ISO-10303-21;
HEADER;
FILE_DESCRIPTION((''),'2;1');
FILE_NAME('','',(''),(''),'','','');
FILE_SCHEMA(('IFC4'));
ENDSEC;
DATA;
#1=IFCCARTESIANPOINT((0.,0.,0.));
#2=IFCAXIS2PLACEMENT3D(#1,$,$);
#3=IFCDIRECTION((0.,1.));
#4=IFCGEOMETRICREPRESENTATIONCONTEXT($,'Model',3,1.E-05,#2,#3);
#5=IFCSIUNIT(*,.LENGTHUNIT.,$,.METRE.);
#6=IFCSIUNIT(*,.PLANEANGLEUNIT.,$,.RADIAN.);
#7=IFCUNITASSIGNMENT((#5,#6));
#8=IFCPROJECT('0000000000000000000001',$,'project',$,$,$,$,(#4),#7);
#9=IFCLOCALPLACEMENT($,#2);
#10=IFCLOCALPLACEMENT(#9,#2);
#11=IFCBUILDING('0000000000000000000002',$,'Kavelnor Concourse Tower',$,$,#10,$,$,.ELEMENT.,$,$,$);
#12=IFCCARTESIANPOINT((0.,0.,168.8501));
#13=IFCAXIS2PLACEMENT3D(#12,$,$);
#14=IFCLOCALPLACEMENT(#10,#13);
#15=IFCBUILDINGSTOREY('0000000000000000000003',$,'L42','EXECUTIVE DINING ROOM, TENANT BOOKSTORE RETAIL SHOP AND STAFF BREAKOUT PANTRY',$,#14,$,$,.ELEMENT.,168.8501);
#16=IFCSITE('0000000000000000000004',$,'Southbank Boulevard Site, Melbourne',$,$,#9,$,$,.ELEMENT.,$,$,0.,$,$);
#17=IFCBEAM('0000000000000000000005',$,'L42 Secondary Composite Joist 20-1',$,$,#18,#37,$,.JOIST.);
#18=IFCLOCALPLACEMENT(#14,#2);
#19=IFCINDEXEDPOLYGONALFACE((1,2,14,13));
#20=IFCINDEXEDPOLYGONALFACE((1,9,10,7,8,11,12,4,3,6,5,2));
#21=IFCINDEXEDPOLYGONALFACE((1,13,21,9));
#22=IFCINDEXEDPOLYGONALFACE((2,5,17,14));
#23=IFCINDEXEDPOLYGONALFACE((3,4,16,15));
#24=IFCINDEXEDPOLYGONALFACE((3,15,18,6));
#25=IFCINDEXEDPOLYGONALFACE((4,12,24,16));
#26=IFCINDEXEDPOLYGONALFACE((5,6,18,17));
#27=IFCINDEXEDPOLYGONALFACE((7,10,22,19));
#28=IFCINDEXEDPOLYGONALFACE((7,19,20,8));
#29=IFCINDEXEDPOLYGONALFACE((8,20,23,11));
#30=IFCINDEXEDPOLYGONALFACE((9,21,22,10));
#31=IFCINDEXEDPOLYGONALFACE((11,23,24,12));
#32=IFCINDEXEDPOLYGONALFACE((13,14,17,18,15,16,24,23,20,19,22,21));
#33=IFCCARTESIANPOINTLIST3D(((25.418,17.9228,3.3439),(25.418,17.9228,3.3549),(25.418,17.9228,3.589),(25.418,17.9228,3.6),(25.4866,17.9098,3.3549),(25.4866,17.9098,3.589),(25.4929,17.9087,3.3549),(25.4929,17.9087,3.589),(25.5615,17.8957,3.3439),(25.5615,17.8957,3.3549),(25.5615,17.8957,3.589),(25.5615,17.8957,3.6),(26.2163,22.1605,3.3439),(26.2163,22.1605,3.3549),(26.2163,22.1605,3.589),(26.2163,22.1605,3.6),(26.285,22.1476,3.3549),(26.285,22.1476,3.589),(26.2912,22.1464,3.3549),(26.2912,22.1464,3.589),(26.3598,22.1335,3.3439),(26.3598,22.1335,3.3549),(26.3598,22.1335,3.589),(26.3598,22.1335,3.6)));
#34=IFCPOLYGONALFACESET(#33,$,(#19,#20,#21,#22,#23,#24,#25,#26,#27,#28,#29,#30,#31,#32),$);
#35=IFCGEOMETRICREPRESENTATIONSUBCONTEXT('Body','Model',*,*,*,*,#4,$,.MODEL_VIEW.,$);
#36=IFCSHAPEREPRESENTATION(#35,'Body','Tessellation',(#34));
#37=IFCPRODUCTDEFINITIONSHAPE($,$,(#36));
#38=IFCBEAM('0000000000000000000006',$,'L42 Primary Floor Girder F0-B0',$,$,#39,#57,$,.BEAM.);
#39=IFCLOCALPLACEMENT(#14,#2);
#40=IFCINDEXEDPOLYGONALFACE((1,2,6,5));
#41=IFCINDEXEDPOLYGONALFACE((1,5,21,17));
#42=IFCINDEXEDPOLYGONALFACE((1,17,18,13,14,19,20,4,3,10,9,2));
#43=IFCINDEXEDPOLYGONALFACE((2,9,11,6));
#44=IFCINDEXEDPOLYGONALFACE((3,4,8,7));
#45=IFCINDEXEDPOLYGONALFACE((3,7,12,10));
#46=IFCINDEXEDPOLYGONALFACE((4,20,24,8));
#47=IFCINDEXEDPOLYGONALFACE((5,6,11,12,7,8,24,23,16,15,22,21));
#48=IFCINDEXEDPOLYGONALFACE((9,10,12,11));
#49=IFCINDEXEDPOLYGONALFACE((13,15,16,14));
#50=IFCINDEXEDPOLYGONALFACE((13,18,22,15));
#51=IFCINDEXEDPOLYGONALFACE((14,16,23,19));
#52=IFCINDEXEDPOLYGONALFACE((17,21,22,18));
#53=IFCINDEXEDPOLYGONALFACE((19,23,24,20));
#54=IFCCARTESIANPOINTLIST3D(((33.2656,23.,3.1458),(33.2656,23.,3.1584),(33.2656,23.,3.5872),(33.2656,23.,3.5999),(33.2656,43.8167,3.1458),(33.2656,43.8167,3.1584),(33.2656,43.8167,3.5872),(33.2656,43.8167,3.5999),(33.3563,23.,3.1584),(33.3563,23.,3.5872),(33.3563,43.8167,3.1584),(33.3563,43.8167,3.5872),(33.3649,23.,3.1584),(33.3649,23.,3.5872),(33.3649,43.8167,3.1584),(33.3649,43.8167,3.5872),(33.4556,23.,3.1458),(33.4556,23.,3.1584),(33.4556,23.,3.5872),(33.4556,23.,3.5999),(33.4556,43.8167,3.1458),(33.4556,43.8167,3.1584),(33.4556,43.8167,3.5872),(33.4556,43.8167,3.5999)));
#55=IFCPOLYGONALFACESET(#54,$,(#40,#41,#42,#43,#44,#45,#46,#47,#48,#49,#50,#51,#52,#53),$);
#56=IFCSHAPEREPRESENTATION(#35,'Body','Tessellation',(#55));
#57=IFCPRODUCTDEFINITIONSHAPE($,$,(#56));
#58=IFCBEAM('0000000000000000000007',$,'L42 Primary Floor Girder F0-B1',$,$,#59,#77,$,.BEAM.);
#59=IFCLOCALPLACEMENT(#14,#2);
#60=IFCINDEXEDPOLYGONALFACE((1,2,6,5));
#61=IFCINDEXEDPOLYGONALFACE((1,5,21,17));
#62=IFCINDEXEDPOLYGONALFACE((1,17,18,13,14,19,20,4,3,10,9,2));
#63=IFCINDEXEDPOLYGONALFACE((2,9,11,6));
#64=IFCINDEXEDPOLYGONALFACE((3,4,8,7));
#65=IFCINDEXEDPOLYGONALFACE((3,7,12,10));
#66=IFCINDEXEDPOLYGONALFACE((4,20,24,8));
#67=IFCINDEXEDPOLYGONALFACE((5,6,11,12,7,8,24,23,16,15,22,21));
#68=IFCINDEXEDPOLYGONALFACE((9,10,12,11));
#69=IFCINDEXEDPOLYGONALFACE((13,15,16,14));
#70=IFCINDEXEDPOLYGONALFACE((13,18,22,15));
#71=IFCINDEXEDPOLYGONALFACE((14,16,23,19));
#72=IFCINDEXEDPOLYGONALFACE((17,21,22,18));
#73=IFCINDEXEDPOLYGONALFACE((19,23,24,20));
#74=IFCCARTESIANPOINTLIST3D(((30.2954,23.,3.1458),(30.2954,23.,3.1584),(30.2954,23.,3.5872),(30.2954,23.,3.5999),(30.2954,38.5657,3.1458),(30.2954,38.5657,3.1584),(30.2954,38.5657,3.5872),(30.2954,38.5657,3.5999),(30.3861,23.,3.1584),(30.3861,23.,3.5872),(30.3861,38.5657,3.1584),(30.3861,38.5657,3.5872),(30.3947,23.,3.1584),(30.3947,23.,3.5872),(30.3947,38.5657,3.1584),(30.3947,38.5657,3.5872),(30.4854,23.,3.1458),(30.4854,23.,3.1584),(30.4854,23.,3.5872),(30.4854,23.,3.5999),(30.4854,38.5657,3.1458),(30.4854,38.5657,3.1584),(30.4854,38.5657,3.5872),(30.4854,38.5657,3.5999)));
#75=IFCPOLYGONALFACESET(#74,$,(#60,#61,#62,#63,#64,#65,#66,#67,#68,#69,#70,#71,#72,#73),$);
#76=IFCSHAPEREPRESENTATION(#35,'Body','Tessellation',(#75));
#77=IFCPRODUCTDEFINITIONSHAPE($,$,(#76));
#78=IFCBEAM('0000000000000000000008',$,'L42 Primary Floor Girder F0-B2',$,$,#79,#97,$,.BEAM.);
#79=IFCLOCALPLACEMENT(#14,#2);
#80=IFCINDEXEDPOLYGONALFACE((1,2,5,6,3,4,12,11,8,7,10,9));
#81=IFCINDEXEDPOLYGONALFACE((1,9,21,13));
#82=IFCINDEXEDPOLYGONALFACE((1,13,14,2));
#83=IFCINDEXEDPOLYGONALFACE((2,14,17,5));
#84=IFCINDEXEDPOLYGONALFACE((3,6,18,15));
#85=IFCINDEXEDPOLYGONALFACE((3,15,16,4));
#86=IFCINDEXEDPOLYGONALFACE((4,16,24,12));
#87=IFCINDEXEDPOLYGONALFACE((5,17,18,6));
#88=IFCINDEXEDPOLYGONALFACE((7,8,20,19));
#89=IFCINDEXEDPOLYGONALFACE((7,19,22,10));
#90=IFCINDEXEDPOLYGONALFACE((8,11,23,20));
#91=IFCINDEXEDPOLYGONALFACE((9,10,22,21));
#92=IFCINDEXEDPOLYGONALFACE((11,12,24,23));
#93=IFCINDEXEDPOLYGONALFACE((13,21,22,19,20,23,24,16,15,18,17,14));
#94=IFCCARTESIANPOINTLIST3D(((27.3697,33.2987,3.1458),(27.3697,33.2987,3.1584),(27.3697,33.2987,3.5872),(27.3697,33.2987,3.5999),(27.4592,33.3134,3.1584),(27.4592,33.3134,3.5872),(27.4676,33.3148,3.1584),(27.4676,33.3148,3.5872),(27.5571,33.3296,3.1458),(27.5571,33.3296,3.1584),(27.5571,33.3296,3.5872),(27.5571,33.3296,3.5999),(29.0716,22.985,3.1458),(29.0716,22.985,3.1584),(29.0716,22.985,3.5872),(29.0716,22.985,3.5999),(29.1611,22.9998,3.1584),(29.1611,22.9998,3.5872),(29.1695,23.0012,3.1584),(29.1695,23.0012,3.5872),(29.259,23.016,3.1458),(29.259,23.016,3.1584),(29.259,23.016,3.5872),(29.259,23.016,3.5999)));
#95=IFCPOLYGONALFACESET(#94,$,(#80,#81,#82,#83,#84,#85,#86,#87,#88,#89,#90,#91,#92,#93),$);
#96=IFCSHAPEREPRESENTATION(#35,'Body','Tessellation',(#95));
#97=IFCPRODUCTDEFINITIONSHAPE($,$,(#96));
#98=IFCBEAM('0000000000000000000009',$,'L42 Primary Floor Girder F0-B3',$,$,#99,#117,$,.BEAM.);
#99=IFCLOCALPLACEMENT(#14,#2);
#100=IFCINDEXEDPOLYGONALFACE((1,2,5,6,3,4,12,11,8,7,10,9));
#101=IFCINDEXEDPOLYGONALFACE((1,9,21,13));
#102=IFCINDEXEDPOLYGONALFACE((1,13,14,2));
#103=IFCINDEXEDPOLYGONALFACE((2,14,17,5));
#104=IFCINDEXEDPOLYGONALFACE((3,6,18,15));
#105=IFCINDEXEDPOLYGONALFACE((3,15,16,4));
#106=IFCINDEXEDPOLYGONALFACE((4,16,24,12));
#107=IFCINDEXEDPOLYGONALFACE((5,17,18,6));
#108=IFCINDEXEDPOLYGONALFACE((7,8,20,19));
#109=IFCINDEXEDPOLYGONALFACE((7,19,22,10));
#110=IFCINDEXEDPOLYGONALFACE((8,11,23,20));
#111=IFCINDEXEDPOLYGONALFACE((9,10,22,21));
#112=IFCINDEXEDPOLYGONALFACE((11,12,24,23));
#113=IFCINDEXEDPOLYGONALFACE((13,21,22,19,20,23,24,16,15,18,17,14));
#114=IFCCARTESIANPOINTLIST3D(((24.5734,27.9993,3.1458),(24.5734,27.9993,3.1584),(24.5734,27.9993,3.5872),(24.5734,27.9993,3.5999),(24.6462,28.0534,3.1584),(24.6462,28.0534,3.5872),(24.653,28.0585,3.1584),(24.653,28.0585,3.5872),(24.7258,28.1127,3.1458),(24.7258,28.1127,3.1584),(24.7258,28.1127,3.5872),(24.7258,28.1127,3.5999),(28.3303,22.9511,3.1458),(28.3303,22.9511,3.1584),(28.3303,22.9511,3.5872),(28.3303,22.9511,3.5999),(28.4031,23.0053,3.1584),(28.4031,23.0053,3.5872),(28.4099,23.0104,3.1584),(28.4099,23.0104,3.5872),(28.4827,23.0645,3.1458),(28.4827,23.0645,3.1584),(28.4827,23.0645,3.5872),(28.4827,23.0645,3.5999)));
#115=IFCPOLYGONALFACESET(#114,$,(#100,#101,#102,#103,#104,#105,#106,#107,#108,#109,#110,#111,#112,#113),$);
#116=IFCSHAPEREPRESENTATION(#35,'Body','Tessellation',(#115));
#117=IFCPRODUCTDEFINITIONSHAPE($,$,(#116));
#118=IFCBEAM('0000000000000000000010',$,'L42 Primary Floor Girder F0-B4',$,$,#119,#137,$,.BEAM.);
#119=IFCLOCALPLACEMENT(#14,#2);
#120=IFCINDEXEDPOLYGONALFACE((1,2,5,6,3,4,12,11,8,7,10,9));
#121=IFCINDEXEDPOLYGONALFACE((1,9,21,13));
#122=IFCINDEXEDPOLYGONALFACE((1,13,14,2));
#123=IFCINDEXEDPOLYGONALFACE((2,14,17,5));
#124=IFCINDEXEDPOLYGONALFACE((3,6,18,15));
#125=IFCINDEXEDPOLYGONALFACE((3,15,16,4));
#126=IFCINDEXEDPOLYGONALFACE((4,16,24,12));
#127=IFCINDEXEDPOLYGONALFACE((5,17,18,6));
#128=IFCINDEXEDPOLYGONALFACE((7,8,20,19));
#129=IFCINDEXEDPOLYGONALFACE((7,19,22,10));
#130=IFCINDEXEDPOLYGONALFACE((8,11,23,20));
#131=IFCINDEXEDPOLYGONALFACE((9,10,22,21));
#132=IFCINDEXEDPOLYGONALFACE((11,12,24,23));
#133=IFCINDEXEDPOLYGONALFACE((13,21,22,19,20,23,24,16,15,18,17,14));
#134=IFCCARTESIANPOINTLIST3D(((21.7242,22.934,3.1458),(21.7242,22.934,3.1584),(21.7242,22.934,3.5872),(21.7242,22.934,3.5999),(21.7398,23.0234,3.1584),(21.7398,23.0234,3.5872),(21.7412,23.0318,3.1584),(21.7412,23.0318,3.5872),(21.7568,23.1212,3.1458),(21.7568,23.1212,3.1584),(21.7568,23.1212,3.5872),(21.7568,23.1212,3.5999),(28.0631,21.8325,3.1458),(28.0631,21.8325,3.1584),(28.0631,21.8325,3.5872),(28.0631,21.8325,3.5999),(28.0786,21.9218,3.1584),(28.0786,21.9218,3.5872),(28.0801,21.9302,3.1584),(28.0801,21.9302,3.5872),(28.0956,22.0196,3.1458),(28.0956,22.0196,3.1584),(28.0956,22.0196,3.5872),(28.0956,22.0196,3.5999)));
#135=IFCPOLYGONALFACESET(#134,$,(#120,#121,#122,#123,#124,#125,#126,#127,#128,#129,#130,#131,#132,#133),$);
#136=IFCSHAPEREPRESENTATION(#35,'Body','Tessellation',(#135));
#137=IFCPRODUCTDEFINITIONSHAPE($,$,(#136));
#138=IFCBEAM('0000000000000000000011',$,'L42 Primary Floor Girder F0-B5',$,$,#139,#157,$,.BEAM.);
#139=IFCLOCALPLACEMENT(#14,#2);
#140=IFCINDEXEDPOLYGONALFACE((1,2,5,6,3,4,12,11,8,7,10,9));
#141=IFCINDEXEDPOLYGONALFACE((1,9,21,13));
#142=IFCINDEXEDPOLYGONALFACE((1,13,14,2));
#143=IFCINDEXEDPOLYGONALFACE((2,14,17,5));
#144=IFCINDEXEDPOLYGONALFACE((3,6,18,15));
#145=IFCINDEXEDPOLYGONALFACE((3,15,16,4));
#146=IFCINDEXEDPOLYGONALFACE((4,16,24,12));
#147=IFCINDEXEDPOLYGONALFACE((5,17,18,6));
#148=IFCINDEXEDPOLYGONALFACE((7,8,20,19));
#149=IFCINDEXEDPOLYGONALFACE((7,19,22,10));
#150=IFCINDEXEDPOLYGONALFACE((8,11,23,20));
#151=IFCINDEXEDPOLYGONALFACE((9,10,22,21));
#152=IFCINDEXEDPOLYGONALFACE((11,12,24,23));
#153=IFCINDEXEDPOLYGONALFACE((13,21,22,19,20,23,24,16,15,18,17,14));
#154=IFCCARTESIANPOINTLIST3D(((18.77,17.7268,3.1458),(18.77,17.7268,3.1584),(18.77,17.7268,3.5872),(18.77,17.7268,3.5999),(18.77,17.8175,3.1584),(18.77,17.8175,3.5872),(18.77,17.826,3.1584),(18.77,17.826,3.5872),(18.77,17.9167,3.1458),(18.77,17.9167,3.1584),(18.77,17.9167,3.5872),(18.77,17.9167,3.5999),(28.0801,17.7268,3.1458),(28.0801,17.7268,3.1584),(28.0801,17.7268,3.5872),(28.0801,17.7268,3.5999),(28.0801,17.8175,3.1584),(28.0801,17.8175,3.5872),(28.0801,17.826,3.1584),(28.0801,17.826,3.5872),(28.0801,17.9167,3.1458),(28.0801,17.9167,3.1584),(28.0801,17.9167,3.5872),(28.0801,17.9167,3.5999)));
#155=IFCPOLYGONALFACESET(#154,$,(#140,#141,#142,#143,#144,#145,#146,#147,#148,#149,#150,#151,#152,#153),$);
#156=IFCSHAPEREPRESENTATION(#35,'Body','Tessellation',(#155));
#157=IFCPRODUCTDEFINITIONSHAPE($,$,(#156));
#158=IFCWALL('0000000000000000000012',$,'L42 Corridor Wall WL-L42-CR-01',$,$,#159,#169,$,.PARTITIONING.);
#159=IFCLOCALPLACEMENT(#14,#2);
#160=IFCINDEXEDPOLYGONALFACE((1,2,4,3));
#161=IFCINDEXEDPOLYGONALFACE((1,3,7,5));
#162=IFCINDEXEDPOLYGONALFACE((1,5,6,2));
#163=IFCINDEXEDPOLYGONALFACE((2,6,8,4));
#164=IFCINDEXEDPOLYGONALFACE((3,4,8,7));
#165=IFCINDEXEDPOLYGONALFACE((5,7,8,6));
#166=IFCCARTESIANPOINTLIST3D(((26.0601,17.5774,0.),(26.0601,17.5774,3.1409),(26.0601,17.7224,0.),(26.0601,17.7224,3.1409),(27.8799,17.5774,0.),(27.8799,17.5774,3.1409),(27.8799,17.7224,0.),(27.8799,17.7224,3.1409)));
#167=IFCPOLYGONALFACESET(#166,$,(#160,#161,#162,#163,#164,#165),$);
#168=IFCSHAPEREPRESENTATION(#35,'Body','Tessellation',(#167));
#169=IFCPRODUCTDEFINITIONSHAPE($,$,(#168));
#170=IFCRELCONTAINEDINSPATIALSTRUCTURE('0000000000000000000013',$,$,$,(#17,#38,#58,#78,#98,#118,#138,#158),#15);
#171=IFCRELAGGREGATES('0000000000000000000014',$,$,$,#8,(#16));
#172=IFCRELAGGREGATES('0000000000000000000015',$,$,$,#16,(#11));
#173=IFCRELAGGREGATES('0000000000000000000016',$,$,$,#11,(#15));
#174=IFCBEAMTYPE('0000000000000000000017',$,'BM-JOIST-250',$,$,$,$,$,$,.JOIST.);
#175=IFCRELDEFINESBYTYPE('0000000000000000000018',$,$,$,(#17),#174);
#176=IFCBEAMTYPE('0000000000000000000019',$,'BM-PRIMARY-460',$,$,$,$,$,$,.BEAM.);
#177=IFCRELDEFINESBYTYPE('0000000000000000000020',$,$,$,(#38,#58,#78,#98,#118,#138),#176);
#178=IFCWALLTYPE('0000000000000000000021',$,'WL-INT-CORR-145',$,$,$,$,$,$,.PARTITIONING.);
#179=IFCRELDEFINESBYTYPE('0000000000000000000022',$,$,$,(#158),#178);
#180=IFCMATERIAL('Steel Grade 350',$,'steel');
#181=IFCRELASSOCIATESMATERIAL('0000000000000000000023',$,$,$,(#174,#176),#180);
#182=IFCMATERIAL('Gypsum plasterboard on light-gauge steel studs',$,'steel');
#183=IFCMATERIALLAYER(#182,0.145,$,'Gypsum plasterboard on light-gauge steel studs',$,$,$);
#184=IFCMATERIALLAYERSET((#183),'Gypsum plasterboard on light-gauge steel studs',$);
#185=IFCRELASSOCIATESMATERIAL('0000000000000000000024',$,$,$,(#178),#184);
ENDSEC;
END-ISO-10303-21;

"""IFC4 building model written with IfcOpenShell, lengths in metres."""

from ifc_helpers import new_model, si_unit, direction, frame, frame_2d, origin, origin_2d, place, context, subcontext, project, spatial, rectangle, i_section, extrude, material, layer, layer_set, material_profile, profile_set, type_object, element, save


model = new_model("IFC4")

# Units and contexts
model_context = context("Model", 3, precision=1e-05, world=origin(), true_north=direction((0.0, 1.0)))
body_context = subcontext(model_context, "Body", "Model", "MODEL_VIEW")
ifc_project = project(units=[si_unit("LENGTHUNIT", "METRE"), si_unit("PLANEANGLEUNIT", "RADIAN")], contexts=[model_context])

# Site, building, storey
site_placement = place(None, origin())
site = spatial("IfcSite", under=ifc_project, at=site_placement, Name="Southbank Boulevard Site, Melbourne", CompositionType="ELEMENT", RefElevation=0.0)
building_placement = place(site_placement, origin())
building = spatial("IfcBuilding", under=site, at=building_placement, Name="Kavelnor Concourse Tower", CompositionType="ELEMENT")
storey_placement = place(building_placement, frame((0.0, 0.0, 168.8501)))
storey = spatial("IfcBuildingStorey", under=building, at=storey_placement, Name="L42", Description="EXECUTIVE DINING ROOM, TENANT BOOKSTORE RETAIL SHOP AND STAFF BREAKOUT PANTRY", CompositionType="ELEMENT", Elevation=168.8501)

# Beams
ifc_material_1 = material(Name="Steel Grade 350", Category="steel")
ifc_material_profile_1 = material_profile(ifc_material_1, i_section(OverallWidth=0.146, OverallDepth=0.2561, WebThickness=0.0063, FlangeThickness=0.011, at=origin_2d()), Name="250UB37")
ifc_profile_set_1 = profile_set([ifc_material_profile_1], Name="Steel Grade 350")
beam_type_1 = type_object("IfcBeamType", Name="BM-JOIST-250", PredefinedType="JOIST", material=ifc_profile_set_1)
beam_1_placement = place(storey_placement, frame((26.2881, 22.147, 3.4719), z_axis=(-0.185129, -0.982714, 0.0), x_axis=(0.982714, -0.185129, 0.0)))
element("IfcBeam", 1, at=beam_1_placement, inside=storey, type_object=beam_type_1, Name="L42 Secondary Composite Joist 20-1", PredefinedType="JOIST", context=body_context, shape_type="SweptSolid", body=[
    extrude(i_section(OverallWidth=0.146, OverallDepth=0.2561, WebThickness=0.0063, FlangeThickness=0.011, at=origin_2d()), origin(), (0.0, 0.0, 1.0), 4.3123),
])
ifc_material_profile_2 = material_profile(ifc_material_1, i_section(OverallWidth=0.1899, OverallDepth=0.4541, WebThickness=0.0085, FlangeThickness=0.0127, at=origin_2d()), Name="460UB67")
ifc_profile_set_2 = profile_set([ifc_material_profile_2], Name="Steel Grade 350")
beam_type_2 = type_object("IfcBeamType", Name="BM-PRIMARY-460", PredefinedType="BEAM", material=ifc_profile_set_2)
beam_2_placement = place(storey_placement, frame((33.3606, 23.0, 3.3728), z_axis=(0.0, 1.0, 0.0), x_axis=(-1.0, 0.0, 0.0)))
element("IfcBeam", 2, at=beam_2_placement, inside=storey, type_object=beam_type_2, Name="L42 Primary Floor Girder F0-B0", PredefinedType="BEAM", context=body_context, shape_type="SweptSolid", body=[
    extrude(i_section(OverallWidth=0.1899, OverallDepth=0.4541, WebThickness=0.0085, FlangeThickness=0.0127, at=origin_2d()), origin(), (0.0, 0.0, 1.0), 20.8167),
])
beam_3_placement = place(storey_placement, frame((30.3904, 23.0, 3.3728), z_axis=(0.0, 1.0, 0.0), x_axis=(-1.0, 0.0, 0.0)))
element("IfcBeam", 3, at=beam_3_placement, inside=storey, type_object=beam_type_2, Name="L42 Primary Floor Girder F0-B1", PredefinedType="BEAM", context=body_context, shape_type="SweptSolid", body=[
    extrude(i_section(OverallWidth=0.1899, OverallDepth=0.4541, WebThickness=0.0085, FlangeThickness=0.0127, at=origin_2d()), origin(), (0.0, 0.0, 1.0), 15.5657),
])
beam_4_placement = place(storey_placement, frame((29.1653, 23.0005, 3.3728), z_axis=(-0.162812, 0.986657, 0.0), x_axis=(-0.986657, -0.162812, 0.0)))
element("IfcBeam", 4, at=beam_4_placement, inside=storey, type_object=beam_type_2, Name="L42 Primary Floor Girder F0-B2", PredefinedType="BEAM", context=body_context, shape_type="SweptSolid", body=[
    extrude(i_section(OverallWidth=0.1899, OverallDepth=0.4541, WebThickness=0.0085, FlangeThickness=0.0127, at=origin_2d()), origin(), (0.0, 0.0, 1.0), 10.4531),
])
beam_5_placement = place(storey_placement, frame((28.4065, 23.0078, 3.3728), z_axis=(-0.597022, 0.802225, 0.0), x_axis=(-0.802225, -0.597022, 0.0)))
element("IfcBeam", 5, at=beam_5_placement, inside=storey, type_object=beam_type_2, Name="L42 Primary Floor Girder F0-B3", PredefinedType="BEAM", context=body_context, shape_type="SweptSolid", body=[
    extrude(i_section(OverallWidth=0.1899, OverallDepth=0.4541, WebThickness=0.0085, FlangeThickness=0.0127, at=origin_2d()), origin(), (0.0, 0.0, 1.0), 6.2927),
])
beam_6_placement = place(storey_placement, frame((28.0793, 21.926, 3.3728), z_axis=(-0.985234, 0.171213, 0.0), x_axis=(-0.171213, -0.985234, 0.0)))
element("IfcBeam", 6, at=beam_6_placement, inside=storey, type_object=beam_type_2, Name="L42 Primary Floor Girder F0-B4", PredefinedType="BEAM", context=body_context, shape_type="SweptSolid", body=[
    extrude(i_section(OverallWidth=0.1899, OverallDepth=0.4541, WebThickness=0.0085, FlangeThickness=0.0127, at=origin_2d()), origin(), (0.0, 0.0, 1.0), 6.4338),
])
beam_7_placement = place(storey_placement, frame((28.0801, 17.8218, 3.3728), z_axis=(-1.0, 0.0, 0.0), x_axis=(0.0, -1.0, 0.0)))
element("IfcBeam", 7, at=beam_7_placement, inside=storey, type_object=beam_type_2, Name="L42 Primary Floor Girder F0-B5", PredefinedType="BEAM", context=body_context, shape_type="SweptSolid", body=[
    extrude(i_section(OverallWidth=0.1899, OverallDepth=0.4541, WebThickness=0.0085, FlangeThickness=0.0127, at=origin_2d()), origin(), (0.0, 0.0, 1.0), 9.3101),
])

# Wall
ifc_material_2 = material(Name="Gypsum plasterboard on light-gauge steel studs", Category="steel")
ifc_layer_1 = layer(ifc_material_2, 0.145, Name="Gypsum plasterboard on light-gauge steel studs")
ifc_layer_set_1 = layer_set([ifc_layer_1], Name="Gypsum plasterboard on light-gauge steel studs")
wall_type_1 = type_object("IfcWallType", Name="WL-INT-CORR-145", PredefinedType="PARTITIONING", material=ifc_layer_set_1)
wall_1_placement = place(storey_placement, frame((27.8799, 17.6499, 0.0), z_axis=(0.0, 0.0, 1.0), x_axis=(-1.0, 0.0, 0.0)))
element("IfcWall", 8, at=wall_1_placement, inside=storey, type_object=wall_type_1, Name="L42 Corridor Wall WL-L42-CR-01", PredefinedType="PARTITIONING", context=body_context, shape_type="SweptSolid", body=[
    extrude(rectangle(XDim=1.8198, YDim=0.145, at=frame_2d((0.9099, 0.0))), origin(), (0.0, 0.0, 1.0), 3.1409),
])

save(model, "model.ifc")
